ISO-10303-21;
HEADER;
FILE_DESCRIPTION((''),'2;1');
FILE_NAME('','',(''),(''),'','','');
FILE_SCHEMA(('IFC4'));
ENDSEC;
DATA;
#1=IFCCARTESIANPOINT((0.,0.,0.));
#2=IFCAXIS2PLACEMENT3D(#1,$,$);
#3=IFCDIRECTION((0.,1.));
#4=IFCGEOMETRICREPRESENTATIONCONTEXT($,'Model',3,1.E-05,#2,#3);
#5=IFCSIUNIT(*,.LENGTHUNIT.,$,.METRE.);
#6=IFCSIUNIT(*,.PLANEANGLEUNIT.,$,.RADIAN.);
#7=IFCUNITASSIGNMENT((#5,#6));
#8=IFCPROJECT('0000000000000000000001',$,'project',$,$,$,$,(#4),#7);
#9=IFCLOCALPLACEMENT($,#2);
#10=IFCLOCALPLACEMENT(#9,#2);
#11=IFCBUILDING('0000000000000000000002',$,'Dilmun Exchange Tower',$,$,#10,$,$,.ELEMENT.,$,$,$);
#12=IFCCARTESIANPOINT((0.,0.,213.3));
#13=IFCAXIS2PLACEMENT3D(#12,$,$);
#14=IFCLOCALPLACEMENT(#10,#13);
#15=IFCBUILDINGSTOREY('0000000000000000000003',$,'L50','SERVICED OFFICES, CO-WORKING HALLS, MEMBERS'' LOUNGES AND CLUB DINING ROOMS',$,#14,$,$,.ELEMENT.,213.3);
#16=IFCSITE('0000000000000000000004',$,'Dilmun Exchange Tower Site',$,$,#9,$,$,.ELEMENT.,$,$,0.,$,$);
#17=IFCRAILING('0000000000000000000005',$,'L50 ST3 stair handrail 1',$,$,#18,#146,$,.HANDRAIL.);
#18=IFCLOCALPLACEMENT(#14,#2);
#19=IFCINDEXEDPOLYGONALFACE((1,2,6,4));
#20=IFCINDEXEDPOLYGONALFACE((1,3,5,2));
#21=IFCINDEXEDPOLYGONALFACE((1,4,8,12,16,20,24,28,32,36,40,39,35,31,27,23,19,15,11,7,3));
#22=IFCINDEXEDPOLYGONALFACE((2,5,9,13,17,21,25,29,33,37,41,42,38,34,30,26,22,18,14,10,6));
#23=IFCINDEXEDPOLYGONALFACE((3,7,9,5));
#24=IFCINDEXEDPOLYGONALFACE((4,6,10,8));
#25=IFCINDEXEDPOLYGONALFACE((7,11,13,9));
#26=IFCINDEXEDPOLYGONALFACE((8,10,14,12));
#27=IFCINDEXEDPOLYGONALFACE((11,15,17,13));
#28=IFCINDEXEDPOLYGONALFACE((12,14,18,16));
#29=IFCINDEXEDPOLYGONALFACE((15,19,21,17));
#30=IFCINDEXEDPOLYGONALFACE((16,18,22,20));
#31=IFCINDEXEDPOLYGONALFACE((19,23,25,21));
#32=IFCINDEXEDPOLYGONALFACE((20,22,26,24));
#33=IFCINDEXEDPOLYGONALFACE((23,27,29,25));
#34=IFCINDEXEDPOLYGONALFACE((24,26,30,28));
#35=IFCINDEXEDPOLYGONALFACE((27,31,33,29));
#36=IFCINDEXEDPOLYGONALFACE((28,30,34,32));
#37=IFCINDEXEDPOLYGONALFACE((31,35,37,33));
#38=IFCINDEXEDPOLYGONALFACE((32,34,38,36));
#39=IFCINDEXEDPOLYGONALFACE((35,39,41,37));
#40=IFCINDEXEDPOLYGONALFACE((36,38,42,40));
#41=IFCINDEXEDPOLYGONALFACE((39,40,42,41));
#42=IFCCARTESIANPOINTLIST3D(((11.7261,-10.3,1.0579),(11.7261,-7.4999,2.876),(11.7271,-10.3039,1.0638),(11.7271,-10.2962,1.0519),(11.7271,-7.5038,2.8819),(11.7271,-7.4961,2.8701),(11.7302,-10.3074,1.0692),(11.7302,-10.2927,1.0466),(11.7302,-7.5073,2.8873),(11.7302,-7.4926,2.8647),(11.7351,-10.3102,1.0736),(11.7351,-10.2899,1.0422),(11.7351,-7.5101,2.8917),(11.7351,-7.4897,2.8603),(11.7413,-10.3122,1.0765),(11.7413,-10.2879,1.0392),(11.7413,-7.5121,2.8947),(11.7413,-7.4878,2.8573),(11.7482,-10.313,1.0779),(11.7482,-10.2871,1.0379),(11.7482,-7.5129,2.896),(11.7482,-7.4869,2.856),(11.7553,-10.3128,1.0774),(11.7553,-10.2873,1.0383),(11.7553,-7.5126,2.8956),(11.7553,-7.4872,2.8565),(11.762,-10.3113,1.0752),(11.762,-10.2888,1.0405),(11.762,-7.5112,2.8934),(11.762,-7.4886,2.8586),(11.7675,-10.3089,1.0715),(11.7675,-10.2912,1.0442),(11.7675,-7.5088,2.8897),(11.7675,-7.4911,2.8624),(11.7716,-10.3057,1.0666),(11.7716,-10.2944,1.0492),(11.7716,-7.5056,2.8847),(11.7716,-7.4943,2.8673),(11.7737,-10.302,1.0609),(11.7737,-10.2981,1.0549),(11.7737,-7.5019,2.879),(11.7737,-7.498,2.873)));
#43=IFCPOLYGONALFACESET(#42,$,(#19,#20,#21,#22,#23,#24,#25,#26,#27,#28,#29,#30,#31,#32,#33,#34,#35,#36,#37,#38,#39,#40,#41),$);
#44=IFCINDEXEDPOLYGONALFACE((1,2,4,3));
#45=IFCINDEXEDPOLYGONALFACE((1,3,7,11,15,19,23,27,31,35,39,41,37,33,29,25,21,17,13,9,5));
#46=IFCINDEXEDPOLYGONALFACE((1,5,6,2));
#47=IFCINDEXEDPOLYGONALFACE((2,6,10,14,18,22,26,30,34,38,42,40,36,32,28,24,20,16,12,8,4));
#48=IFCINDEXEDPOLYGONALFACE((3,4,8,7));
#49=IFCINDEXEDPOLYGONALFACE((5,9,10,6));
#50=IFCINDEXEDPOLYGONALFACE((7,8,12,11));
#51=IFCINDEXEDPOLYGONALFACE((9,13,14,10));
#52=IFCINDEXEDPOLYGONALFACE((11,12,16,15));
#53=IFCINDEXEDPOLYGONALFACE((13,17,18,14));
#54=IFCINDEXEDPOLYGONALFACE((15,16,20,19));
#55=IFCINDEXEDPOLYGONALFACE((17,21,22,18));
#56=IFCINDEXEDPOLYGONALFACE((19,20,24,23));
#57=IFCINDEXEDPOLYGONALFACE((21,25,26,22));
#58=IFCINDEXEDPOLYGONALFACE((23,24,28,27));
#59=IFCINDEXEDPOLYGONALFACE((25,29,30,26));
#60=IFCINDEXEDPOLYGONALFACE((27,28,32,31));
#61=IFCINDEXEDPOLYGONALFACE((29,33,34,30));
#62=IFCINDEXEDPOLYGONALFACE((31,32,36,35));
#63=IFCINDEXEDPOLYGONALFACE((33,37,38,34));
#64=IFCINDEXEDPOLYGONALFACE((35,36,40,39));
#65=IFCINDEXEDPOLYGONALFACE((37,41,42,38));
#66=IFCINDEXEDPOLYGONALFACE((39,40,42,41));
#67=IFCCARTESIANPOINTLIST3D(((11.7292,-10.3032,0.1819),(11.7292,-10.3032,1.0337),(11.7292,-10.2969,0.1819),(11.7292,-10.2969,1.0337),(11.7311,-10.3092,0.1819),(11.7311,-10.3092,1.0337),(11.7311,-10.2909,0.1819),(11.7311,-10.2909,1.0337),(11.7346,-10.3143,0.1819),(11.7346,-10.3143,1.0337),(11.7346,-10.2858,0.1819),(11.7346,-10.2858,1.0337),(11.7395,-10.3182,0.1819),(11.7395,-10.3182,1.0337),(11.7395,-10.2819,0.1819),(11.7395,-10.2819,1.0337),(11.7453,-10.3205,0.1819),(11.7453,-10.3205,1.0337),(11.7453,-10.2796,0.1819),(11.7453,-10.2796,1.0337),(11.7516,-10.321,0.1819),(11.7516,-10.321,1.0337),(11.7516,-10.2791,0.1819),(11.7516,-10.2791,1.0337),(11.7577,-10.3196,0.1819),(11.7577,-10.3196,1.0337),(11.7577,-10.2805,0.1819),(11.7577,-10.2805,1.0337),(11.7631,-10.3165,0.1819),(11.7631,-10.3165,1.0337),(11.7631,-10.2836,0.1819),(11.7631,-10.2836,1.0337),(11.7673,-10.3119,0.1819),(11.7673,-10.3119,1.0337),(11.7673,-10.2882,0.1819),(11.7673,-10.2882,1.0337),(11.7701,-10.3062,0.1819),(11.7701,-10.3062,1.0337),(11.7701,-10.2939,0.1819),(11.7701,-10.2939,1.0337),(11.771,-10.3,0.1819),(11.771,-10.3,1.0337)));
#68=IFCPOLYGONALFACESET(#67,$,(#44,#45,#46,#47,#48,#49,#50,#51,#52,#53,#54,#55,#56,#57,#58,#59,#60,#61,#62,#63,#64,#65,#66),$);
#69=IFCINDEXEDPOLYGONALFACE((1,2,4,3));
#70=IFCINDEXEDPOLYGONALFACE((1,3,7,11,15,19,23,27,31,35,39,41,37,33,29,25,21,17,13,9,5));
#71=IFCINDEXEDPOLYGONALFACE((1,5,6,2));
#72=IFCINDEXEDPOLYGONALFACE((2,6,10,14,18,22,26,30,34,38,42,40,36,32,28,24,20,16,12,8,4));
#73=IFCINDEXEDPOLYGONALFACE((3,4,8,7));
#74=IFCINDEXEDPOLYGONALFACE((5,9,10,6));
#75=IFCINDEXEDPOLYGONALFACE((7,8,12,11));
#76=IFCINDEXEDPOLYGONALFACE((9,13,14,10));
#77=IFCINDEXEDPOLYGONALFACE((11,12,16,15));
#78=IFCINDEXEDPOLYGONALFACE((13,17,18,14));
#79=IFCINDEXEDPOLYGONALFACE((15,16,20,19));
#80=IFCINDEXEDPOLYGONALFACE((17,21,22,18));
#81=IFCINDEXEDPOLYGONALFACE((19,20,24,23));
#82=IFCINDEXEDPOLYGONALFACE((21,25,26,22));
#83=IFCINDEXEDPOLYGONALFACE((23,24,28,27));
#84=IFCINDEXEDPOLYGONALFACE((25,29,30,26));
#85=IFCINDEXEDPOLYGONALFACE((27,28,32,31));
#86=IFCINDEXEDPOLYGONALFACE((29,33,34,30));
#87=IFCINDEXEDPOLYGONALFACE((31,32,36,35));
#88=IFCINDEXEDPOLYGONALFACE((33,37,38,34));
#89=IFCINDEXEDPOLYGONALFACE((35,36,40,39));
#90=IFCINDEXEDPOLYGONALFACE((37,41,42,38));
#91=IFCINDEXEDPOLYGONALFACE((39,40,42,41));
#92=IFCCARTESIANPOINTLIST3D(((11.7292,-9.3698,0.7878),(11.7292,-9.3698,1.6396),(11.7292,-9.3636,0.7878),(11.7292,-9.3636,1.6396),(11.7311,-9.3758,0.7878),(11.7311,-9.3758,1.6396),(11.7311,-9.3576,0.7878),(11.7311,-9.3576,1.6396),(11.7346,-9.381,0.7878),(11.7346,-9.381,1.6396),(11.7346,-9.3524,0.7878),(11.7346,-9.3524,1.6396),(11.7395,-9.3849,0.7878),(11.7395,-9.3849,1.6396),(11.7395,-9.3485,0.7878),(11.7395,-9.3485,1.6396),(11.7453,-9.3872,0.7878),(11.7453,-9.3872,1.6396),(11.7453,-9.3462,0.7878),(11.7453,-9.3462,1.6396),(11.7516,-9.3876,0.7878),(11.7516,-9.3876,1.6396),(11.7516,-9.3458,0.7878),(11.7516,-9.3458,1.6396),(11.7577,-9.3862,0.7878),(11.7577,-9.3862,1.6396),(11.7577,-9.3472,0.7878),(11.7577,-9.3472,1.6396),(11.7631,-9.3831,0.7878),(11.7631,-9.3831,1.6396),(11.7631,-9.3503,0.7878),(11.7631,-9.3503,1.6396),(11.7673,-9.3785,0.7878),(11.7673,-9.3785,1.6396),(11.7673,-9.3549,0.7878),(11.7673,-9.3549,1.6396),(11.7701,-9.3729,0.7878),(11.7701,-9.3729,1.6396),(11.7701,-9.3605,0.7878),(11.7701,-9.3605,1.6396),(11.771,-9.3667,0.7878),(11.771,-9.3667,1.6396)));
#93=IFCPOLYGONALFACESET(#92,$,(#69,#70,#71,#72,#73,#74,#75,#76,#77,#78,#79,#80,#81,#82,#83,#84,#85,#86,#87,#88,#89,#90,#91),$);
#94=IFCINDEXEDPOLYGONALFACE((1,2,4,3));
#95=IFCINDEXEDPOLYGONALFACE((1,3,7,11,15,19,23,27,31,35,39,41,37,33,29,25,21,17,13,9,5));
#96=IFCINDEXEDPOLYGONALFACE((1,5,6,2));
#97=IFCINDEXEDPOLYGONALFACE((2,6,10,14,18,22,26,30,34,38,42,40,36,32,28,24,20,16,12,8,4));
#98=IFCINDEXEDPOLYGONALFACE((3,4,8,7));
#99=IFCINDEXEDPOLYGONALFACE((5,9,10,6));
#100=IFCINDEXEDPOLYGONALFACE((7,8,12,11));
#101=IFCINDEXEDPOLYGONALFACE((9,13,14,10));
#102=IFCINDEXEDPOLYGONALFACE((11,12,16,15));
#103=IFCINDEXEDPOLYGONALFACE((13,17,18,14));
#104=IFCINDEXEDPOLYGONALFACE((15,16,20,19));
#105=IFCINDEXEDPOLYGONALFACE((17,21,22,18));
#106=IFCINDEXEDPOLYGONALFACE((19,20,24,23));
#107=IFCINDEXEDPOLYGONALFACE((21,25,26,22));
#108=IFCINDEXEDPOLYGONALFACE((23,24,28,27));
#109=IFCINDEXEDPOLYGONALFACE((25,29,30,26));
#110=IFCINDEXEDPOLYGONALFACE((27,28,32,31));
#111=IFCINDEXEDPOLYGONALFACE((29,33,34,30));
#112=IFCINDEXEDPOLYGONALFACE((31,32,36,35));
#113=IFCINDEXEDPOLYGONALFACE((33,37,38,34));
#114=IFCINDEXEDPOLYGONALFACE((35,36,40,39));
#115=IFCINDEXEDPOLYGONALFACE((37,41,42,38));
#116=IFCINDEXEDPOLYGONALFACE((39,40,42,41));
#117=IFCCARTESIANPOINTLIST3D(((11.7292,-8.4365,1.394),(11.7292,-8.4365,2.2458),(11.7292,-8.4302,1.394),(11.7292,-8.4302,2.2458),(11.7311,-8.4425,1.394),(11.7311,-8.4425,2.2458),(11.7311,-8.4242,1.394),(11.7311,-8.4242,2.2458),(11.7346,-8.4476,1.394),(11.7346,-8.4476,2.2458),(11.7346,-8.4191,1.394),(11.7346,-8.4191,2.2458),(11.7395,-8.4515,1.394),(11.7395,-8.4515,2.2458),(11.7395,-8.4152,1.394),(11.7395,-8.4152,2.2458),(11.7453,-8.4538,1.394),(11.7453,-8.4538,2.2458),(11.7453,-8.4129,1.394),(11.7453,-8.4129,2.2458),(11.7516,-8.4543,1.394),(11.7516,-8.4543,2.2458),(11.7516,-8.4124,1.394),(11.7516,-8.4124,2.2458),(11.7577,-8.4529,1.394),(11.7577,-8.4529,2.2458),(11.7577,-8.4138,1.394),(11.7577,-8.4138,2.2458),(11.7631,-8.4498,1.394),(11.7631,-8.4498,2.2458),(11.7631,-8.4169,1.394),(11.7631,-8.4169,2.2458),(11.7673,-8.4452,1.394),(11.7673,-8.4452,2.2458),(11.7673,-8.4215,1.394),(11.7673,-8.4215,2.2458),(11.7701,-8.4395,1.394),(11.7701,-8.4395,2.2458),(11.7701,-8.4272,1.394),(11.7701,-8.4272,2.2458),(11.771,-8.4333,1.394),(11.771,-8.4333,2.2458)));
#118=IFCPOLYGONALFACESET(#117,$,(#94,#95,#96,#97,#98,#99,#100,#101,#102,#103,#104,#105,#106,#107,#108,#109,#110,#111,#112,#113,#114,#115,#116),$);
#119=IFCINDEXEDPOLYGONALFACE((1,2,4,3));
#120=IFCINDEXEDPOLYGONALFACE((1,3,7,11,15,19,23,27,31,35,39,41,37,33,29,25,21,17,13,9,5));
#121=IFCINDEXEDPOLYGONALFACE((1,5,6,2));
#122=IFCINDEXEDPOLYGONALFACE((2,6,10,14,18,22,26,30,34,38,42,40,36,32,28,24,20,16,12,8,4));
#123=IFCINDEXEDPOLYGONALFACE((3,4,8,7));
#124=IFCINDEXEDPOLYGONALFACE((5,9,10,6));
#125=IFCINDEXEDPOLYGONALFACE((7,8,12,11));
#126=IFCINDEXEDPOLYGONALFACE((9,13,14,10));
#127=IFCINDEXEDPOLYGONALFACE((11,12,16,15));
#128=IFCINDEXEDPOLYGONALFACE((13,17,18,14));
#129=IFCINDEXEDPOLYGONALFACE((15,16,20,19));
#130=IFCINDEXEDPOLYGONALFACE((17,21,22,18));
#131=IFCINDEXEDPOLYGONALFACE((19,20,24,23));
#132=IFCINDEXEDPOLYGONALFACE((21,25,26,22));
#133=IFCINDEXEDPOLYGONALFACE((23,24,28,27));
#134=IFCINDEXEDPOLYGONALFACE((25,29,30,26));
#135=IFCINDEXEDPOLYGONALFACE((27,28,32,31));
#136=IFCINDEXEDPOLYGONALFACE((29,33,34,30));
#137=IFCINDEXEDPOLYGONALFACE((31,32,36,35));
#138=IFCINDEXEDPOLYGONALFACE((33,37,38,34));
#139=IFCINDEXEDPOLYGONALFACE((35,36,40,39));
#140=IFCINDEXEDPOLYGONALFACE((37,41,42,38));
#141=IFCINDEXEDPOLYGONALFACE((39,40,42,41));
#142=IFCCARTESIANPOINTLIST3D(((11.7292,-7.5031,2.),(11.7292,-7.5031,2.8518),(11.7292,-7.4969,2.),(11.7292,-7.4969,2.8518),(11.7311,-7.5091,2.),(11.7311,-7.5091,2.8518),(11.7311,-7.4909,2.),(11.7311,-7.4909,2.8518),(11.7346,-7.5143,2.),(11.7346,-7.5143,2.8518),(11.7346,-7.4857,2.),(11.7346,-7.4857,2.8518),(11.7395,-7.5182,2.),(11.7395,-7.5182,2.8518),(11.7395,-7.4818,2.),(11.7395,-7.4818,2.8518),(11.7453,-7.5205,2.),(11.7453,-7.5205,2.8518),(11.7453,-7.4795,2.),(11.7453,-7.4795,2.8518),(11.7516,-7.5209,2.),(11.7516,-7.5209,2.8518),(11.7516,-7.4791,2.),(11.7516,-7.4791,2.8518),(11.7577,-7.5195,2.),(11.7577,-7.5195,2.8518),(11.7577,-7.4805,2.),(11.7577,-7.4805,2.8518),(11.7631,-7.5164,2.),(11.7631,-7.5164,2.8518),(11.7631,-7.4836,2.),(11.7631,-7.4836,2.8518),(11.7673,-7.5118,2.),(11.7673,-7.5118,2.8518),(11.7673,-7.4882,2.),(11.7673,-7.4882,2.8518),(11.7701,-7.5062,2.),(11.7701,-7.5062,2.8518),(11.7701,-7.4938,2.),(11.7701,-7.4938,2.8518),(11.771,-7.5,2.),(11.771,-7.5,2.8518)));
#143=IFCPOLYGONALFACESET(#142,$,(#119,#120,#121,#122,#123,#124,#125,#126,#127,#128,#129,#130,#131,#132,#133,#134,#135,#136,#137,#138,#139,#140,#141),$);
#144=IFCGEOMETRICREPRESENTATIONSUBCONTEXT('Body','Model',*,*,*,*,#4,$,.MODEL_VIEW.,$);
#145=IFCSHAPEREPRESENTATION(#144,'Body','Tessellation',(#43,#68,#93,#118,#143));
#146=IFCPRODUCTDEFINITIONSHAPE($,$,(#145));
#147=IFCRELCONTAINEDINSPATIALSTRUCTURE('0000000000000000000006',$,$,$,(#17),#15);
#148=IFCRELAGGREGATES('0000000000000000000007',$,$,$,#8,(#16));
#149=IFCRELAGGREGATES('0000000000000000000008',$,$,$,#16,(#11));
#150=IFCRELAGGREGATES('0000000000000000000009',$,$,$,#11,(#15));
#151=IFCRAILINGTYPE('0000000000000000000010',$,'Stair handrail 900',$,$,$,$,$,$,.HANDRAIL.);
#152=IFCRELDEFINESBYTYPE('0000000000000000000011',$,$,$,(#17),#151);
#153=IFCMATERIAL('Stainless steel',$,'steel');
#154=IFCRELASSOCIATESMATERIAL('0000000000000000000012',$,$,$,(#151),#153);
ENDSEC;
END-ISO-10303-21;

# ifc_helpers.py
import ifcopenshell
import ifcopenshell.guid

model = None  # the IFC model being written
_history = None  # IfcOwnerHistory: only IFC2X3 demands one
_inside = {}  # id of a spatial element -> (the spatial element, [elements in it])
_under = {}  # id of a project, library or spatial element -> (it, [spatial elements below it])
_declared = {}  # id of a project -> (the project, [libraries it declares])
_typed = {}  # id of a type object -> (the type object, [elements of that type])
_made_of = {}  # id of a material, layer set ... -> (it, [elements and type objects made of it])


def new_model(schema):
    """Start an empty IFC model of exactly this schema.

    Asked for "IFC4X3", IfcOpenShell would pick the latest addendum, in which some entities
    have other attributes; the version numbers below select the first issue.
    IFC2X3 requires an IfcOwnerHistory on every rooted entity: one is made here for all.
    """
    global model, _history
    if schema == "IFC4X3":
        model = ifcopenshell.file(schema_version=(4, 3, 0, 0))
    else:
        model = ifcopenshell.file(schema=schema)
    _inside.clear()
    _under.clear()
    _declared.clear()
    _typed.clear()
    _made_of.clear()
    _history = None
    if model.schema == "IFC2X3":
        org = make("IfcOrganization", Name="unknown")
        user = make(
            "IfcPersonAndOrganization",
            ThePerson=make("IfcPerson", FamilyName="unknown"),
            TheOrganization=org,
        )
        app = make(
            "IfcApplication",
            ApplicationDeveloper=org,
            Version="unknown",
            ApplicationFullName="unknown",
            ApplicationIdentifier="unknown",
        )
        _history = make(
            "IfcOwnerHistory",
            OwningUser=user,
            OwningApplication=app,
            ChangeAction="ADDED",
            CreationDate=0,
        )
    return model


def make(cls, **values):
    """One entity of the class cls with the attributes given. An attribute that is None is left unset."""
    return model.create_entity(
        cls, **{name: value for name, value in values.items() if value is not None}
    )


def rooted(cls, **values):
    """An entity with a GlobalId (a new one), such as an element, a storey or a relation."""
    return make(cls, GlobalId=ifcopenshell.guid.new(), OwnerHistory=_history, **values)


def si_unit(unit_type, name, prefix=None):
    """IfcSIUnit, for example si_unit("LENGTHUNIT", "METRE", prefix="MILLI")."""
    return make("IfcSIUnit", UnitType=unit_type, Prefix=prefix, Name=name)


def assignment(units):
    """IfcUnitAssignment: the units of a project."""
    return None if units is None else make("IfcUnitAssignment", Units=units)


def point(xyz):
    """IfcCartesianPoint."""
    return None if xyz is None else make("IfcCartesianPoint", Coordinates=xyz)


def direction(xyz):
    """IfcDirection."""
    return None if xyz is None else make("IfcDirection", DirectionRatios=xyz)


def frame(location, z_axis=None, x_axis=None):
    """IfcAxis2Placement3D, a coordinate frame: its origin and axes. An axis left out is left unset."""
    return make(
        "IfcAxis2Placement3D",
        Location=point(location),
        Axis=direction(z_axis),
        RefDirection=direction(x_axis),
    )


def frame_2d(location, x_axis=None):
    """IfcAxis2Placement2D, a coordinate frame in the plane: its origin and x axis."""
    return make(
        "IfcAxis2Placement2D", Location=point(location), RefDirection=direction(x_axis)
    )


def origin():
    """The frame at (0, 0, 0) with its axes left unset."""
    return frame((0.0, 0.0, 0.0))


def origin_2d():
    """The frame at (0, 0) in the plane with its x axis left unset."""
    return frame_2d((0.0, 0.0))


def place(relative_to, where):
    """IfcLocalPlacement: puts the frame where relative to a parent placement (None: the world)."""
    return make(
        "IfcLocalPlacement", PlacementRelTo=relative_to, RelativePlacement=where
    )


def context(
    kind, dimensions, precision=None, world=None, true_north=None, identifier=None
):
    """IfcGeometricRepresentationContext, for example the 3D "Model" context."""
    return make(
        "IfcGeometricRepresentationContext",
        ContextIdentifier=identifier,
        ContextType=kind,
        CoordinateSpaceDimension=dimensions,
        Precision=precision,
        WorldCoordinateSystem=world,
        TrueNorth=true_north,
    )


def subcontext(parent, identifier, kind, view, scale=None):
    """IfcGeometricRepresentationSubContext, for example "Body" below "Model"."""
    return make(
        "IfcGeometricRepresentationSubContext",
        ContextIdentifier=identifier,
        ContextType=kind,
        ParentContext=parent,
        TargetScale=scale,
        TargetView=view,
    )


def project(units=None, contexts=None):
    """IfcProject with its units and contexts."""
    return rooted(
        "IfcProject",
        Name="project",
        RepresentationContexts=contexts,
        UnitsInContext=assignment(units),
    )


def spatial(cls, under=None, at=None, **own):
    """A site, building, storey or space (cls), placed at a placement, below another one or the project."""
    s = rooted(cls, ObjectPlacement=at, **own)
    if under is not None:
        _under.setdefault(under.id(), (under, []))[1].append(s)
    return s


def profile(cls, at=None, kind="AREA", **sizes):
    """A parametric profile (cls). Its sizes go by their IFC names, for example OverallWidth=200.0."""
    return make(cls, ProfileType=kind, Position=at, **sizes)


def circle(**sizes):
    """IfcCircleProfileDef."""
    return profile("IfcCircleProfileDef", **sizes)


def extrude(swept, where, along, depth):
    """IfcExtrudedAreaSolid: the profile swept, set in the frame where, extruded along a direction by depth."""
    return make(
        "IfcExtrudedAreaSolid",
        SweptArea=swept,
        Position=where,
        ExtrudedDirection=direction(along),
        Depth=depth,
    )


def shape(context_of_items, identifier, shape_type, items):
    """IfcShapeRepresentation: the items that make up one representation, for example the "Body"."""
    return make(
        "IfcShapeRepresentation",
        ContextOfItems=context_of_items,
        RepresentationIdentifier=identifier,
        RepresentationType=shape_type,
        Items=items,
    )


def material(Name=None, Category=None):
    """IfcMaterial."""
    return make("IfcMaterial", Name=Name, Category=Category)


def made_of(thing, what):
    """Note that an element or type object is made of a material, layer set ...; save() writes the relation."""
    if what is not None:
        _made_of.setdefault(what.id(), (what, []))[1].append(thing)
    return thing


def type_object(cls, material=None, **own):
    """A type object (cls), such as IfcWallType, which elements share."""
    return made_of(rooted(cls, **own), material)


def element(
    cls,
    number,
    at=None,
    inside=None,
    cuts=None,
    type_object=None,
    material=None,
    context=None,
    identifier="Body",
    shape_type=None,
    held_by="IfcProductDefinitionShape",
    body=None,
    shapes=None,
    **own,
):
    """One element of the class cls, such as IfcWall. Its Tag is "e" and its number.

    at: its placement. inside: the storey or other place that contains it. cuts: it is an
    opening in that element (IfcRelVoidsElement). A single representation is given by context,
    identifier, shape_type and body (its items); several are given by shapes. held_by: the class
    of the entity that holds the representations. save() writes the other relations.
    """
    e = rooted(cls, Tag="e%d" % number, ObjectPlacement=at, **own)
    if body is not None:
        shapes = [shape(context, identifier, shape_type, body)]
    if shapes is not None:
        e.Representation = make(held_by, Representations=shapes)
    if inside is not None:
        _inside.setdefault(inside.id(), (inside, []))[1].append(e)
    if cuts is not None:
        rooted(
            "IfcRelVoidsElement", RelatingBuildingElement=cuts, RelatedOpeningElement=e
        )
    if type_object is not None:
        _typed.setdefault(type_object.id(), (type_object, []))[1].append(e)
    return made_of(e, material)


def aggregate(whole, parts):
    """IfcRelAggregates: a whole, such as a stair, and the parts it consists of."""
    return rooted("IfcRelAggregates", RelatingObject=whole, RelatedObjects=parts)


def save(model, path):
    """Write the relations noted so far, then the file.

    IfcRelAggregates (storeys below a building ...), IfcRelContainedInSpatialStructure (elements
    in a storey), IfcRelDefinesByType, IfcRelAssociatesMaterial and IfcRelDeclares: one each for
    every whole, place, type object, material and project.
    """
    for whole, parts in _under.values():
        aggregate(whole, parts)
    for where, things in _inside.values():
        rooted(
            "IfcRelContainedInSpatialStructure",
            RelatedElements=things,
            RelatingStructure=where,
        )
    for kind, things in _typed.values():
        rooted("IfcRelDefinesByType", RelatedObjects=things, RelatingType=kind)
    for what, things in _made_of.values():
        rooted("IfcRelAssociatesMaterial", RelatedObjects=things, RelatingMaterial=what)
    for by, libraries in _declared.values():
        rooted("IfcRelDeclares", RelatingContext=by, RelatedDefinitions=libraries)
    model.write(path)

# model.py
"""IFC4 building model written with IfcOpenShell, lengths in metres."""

from ifc_helpers import new_model, si_unit, direction, frame, origin, origin_2d, place, context, subcontext, project, spatial, circle, extrude, material, type_object, element, save


model = new_model("IFC4")

# Units and contexts
model_context = context("Model", 3, precision=1e-05, world=origin(), true_north=direction((0.0, 1.0)))
body_context = subcontext(model_context, "Body", "Model", "MODEL_VIEW")
ifc_project = project(units=[si_unit("LENGTHUNIT", "METRE"), si_unit("PLANEANGLEUNIT", "RADIAN")], contexts=[model_context])

# Site, building, storey
site_placement = place(None, origin())
site = spatial("IfcSite", under=ifc_project, at=site_placement, Name="Dilmun Exchange Tower Site", CompositionType="ELEMENT", RefElevation=0.0)
building_placement = place(site_placement, origin())
building = spatial("IfcBuilding", under=site, at=building_placement, Name="Dilmun Exchange Tower", CompositionType="ELEMENT")
storey_placement = place(building_placement, frame((0.0, 0.0, 213.3)))
storey = spatial("IfcBuildingStorey", under=building, at=storey_placement, Name="L50", Description="SERVICED OFFICES, CO-WORKING HALLS, MEMBERS' LOUNGES AND CLUB DINING ROOMS", CompositionType="ELEMENT", Elevation=213.3)

# Railing
ifc_material_1 = material(Name="Stainless steel", Category="steel")
railing_type = type_object("IfcRailingType", Name="Stair handrail 900", PredefinedType="HANDRAIL", material=ifc_material_1)
railing_1_placement = place(storey_placement, frame((11.75, -10.3, 0.1819)))
element("IfcRailing", 1, at=railing_1_placement, inside=storey, type_object=railing_type, Name="L50 ST3 stair handrail 1", PredefinedType="HANDRAIL", context=body_context, shape_type="SweptSolid", body=[
    extrude(circle(Radius=0.0239, at=origin_2d()), frame((0.0, 0.0, 0.876), z_axis=(0.0, 0.838706, 0.544585), x_axis=(-1.0, 0.0, 0.0)), (0.0, 0.0, 1.0), 3.3386),
    extrude(circle(Radius=0.021, at=origin_2d()), origin(), (0.0, 0.0, 1.0), 0.8518),
    extrude(circle(Radius=0.021, at=origin_2d()), frame((0.0, 0.9333, 0.606)), (0.0, 0.0, 1.0), 0.8518),
    extrude(circle(Radius=0.021, at=origin_2d()), frame((0.0, 1.8667, 1.2122)), (0.0, 0.0, 1.0), 0.8518),
    extrude(circle(Radius=0.021, at=origin_2d()), frame((0.0, 2.8, 1.8181)), (0.0, 0.0, 1.0), 0.8518),
])

save(model, "model.ifc")
